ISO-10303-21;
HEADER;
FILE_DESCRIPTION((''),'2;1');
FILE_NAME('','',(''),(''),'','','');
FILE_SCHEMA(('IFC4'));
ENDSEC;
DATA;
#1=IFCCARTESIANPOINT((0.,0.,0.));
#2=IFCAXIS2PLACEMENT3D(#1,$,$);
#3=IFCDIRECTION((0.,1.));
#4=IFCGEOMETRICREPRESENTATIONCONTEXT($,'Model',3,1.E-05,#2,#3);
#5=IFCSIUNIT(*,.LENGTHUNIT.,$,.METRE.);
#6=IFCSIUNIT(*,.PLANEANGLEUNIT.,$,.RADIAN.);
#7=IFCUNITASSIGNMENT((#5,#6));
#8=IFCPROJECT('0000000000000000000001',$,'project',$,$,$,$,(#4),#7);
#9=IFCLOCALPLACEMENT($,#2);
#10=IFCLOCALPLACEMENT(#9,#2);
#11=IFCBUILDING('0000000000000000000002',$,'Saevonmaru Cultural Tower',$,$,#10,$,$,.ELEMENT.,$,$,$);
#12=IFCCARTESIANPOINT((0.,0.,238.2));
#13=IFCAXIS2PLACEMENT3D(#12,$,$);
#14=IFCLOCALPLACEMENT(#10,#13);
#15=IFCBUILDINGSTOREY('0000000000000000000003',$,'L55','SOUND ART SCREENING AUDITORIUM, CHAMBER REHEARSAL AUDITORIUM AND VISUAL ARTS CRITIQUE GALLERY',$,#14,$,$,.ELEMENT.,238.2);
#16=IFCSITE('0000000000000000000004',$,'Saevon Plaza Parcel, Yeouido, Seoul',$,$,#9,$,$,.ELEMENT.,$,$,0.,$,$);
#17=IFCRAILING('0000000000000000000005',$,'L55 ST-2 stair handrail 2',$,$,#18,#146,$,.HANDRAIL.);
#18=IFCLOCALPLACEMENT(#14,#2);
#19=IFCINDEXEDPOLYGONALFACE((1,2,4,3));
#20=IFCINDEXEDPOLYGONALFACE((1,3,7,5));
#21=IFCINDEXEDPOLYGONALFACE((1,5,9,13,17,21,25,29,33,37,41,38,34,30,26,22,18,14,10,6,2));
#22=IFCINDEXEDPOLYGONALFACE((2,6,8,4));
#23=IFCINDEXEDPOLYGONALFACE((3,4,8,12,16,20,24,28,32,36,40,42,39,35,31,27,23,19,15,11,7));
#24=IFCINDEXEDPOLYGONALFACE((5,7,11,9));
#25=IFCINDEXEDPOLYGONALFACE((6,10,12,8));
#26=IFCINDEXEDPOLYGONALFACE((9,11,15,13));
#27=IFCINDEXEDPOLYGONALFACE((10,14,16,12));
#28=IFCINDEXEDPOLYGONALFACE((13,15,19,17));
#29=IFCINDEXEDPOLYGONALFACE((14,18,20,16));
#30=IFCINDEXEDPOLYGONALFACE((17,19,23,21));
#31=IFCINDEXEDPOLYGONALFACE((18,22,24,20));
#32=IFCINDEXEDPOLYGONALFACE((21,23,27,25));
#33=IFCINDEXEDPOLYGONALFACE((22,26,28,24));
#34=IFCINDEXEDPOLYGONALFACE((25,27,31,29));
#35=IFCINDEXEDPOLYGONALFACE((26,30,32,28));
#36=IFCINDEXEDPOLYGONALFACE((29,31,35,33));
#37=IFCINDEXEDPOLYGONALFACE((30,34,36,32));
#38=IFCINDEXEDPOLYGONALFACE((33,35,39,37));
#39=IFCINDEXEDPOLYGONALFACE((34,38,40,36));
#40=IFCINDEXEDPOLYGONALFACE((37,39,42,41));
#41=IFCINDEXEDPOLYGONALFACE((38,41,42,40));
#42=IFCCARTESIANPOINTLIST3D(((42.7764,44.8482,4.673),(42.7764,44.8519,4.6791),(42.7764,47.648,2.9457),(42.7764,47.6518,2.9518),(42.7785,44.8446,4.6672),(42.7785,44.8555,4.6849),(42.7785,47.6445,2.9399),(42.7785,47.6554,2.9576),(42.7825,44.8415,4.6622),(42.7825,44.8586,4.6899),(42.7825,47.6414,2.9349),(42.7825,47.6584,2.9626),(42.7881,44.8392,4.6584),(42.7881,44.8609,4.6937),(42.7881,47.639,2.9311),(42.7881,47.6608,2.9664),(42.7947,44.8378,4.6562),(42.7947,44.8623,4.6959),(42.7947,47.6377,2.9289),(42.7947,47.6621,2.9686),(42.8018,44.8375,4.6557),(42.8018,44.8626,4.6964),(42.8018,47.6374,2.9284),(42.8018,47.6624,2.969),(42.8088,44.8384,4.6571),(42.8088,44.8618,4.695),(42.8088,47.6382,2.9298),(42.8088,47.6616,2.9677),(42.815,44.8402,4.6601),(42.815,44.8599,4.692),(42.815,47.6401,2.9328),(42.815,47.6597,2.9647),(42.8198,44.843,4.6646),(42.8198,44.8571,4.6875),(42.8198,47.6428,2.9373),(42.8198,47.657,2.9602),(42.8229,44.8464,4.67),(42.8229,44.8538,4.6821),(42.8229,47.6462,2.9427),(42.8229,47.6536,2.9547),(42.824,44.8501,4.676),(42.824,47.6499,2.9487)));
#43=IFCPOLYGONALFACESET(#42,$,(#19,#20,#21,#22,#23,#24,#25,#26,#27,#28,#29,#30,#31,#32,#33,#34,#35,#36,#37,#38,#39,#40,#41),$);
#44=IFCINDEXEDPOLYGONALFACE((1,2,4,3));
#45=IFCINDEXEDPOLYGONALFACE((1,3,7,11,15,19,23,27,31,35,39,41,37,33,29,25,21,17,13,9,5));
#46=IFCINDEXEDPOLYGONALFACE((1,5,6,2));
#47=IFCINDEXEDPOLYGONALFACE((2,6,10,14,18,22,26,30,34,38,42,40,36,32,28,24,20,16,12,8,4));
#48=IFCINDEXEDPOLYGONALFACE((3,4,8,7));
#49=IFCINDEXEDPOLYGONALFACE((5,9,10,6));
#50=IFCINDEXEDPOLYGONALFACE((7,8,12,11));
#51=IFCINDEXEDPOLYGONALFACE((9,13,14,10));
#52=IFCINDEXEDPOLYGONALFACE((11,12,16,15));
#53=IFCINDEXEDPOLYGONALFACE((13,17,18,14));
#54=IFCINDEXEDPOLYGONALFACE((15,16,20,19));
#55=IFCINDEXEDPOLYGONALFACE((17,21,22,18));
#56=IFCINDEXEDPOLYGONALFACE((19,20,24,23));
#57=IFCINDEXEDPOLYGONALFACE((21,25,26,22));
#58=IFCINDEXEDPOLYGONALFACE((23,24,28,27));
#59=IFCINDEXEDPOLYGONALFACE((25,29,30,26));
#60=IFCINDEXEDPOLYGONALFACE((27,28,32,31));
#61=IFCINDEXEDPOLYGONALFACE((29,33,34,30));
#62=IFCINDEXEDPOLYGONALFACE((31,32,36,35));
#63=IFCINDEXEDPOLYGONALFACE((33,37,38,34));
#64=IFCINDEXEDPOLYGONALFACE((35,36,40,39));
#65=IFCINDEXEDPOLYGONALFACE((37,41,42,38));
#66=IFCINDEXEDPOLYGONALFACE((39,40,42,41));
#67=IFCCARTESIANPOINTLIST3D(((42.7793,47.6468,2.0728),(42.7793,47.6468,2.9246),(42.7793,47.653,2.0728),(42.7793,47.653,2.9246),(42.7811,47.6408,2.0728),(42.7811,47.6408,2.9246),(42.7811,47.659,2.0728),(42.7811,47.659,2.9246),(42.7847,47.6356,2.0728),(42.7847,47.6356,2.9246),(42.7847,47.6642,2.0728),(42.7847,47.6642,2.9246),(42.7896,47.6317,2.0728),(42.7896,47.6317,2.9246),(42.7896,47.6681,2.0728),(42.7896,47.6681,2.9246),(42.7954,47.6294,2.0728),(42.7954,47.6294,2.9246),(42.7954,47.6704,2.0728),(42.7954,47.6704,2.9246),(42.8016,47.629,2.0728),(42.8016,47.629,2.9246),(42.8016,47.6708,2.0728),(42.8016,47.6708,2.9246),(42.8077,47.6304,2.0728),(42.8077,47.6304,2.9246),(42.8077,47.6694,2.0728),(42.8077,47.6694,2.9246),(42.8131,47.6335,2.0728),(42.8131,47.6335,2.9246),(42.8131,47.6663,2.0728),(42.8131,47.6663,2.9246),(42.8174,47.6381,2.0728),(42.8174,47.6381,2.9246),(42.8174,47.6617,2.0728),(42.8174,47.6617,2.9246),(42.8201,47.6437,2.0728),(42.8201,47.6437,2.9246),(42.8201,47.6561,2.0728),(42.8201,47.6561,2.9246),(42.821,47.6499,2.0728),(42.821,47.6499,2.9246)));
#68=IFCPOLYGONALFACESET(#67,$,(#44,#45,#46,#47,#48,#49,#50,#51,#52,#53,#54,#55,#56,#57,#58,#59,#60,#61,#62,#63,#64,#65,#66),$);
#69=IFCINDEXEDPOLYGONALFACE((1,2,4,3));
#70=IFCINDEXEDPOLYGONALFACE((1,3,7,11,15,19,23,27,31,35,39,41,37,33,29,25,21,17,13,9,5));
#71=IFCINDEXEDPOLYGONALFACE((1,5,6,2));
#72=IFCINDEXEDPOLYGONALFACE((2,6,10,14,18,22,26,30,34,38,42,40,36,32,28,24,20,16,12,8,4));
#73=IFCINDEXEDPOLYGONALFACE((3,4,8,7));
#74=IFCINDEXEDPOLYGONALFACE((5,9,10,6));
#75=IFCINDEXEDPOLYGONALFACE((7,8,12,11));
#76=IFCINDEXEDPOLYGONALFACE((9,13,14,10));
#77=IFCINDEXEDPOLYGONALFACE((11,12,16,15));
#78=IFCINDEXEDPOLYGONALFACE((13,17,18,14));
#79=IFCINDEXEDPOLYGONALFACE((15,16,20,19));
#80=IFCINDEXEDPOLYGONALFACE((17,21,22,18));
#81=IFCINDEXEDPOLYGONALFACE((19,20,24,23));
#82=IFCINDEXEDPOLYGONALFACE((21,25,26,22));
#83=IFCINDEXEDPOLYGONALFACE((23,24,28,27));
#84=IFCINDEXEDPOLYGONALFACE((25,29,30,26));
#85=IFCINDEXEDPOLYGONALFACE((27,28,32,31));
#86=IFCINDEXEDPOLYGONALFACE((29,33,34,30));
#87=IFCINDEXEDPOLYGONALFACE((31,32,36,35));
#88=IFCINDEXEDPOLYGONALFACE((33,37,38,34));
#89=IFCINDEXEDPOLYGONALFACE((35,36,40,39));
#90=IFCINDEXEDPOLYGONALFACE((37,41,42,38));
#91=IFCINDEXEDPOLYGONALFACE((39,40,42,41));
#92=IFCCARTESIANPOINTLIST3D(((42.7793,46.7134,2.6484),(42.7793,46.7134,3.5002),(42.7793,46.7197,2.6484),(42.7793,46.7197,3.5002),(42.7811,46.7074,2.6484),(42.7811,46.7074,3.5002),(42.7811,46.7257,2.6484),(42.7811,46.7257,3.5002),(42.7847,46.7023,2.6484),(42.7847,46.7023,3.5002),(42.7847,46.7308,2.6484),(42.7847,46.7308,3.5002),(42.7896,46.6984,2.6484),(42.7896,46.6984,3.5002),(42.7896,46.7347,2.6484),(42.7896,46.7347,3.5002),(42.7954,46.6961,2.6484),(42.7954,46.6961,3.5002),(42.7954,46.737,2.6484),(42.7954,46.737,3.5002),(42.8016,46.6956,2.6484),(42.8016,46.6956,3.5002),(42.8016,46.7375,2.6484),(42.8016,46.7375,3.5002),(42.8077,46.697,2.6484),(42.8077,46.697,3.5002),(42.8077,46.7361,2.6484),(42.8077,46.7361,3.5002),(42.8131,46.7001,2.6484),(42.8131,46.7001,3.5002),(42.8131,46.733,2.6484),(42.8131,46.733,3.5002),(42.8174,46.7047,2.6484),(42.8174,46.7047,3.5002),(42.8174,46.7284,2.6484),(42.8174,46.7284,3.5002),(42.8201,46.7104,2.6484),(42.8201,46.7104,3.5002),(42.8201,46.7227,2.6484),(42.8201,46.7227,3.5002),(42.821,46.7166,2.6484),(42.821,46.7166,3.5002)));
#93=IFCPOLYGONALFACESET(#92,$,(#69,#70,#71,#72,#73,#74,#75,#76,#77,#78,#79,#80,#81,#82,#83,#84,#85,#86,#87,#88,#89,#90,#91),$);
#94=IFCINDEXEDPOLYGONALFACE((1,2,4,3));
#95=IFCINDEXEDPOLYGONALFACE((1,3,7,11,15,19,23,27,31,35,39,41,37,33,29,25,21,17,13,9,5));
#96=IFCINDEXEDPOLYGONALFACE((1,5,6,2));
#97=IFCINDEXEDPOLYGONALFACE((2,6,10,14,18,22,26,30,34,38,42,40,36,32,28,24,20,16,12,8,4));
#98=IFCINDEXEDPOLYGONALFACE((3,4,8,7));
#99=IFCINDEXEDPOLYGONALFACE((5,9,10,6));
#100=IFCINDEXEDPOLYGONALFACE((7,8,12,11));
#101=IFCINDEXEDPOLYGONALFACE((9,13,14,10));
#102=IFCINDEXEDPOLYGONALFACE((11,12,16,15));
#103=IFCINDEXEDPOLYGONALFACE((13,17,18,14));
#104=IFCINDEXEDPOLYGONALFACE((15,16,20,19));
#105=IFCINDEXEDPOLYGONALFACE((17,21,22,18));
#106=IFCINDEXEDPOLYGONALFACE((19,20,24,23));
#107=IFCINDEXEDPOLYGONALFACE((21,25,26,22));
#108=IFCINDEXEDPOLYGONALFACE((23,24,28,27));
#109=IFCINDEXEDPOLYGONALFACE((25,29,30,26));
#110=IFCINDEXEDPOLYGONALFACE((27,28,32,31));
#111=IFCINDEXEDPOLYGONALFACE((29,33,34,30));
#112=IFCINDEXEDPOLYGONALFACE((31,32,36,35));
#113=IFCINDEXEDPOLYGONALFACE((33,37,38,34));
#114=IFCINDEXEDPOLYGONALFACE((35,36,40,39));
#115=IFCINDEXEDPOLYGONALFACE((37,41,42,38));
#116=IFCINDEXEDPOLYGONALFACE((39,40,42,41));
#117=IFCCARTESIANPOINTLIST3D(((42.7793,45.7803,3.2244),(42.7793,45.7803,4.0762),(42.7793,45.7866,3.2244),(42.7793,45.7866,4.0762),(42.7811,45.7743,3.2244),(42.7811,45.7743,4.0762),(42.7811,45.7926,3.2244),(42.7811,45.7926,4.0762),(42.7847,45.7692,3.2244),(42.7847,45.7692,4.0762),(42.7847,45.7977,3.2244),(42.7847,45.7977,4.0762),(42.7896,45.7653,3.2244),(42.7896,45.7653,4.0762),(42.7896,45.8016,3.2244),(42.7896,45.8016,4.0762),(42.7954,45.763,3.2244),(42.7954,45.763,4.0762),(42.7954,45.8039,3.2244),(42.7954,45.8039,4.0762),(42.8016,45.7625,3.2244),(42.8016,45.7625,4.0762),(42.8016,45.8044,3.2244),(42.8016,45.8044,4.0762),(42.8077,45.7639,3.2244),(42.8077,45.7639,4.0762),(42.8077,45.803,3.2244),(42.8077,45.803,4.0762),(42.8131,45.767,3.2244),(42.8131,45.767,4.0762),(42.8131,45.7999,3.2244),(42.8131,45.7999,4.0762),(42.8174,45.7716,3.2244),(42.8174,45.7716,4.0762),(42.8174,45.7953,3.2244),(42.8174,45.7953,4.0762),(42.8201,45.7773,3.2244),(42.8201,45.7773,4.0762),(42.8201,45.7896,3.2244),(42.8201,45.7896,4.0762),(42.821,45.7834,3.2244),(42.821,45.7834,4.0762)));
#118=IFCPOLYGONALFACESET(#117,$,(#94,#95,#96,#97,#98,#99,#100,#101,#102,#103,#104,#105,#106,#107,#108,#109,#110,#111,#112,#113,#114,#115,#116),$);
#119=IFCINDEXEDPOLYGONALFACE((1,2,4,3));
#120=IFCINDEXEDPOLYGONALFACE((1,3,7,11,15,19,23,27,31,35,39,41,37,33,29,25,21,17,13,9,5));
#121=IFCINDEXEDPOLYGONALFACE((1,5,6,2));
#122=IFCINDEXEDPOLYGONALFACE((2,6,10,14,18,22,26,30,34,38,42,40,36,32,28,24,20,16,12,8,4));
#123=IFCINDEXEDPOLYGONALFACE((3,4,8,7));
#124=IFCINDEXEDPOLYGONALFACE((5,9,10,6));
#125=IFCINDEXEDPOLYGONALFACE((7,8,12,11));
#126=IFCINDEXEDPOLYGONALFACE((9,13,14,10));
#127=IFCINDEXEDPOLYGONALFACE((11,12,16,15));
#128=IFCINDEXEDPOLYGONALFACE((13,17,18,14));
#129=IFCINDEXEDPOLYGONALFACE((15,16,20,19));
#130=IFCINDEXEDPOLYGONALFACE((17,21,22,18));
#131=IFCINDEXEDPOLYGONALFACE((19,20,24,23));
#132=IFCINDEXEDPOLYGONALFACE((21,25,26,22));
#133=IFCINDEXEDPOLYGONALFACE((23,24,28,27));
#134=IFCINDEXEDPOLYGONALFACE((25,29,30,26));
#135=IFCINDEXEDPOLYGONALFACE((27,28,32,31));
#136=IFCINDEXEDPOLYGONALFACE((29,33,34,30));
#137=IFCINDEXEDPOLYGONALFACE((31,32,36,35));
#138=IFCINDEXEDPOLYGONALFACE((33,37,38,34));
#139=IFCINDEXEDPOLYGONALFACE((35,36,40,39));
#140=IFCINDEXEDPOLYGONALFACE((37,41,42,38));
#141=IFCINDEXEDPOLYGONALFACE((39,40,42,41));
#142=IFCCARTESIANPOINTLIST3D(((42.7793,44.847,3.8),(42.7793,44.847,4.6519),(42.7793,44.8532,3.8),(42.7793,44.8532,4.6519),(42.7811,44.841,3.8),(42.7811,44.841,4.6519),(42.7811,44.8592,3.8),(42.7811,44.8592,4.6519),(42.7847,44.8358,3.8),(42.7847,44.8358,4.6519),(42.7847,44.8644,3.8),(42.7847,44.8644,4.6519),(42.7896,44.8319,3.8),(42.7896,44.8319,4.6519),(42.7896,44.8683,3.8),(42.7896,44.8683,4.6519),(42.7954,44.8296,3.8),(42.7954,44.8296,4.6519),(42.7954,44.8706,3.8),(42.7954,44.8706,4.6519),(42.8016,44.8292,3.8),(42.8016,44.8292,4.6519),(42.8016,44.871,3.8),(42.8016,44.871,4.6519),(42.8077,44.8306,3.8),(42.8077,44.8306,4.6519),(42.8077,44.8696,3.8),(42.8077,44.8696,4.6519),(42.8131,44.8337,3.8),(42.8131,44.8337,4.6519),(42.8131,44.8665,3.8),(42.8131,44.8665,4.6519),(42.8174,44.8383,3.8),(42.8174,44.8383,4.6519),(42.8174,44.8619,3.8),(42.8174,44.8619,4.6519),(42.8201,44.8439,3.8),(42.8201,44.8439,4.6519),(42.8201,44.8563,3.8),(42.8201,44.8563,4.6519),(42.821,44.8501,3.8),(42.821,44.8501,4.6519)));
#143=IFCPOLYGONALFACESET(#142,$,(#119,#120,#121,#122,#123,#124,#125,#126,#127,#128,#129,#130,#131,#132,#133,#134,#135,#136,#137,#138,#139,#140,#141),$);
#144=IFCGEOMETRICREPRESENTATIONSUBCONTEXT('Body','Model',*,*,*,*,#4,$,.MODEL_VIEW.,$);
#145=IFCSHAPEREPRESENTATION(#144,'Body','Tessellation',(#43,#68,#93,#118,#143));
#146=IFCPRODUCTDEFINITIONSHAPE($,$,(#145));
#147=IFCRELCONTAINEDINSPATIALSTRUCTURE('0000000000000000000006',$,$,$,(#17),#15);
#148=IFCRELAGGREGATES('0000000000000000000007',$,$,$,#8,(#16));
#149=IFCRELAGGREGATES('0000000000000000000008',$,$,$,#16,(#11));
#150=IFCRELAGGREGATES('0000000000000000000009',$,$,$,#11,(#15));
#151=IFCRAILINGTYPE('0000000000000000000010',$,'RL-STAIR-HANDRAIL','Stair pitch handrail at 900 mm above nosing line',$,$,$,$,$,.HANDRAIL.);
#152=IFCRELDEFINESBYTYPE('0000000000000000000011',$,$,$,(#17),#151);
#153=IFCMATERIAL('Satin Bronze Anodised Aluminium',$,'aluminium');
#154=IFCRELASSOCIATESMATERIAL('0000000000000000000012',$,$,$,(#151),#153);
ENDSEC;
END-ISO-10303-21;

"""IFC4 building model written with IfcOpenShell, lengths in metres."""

from ifc_helpers import new_model, si_unit, direction, frame, origin, origin_2d, place, context, subcontext, project, spatial, circle, extrude, material, type_object, element, save


model = new_model("IFC4")

# Units and contexts
model_context = context("Model", 3, precision=1e-05, world=origin(), true_north=direction((0.0, 1.0)))
body_context = subcontext(model_context, "Body", "Model", "MODEL_VIEW")
ifc_project = project(units=[si_unit("LENGTHUNIT", "METRE"), si_unit("PLANEANGLEUNIT", "RADIAN")], contexts=[model_context])

# Site, building, storey
site_placement = place(None, origin())
site = spatial("IfcSite", under=ifc_project, at=site_placement, Name="Saevon Plaza Parcel, Yeouido, Seoul", CompositionType="ELEMENT", RefElevation=0.0)
building_placement = place(site_placement, origin())
building = spatial("IfcBuilding", under=site, at=building_placement, Name="Saevonmaru Cultural Tower", CompositionType="ELEMENT")
storey_placement = place(building_placement, frame((0.0, 0.0, 238.2)))
storey = spatial("IfcBuildingStorey", under=building, at=storey_placement, Name="L55", Description="SOUND ART SCREENING AUDITORIUM, CHAMBER REHEARSAL AUDITORIUM AND VISUAL ARTS CRITIQUE GALLERY", CompositionType="ELEMENT", Elevation=238.2)

# Shared definitions
ifc_material_1 = material(Name="Satin Bronze Anodised Aluminium", Category="aluminium")

# Railing
railing_type_1 = type_object("IfcRailingType", Name="RL-STAIR-HANDRAIL", Description="Stair pitch handrail at 900 mm above nosing line", PredefinedType="HANDRAIL", material=ifc_material_1)
railing_1_placement = place(storey_placement, frame((42.8, 47.6499, 2.0728)))
element("IfcRailing", 1, at=railing_1_placement, inside=storey, type_object=railing_type_1, Name="L55 ST-2 stair handrail 2", PredefinedType="HANDRAIL", context=body_context, shape_type="SweptSolid", body=[
    extrude(circle(Radius=0.0239, at=origin_2d()), frame((0.0, 0.0, 0.876), z_axis=(0.0, -0.851069, 0.525054), x_axis=(1.0, 0.0, 0.0)), (0.0, 0.0, 1.0), 3.2898),
    extrude(circle(Radius=0.021, at=origin_2d()), origin(), (0.0, 0.0, 1.0), 0.8518),
    extrude(circle(Radius=0.021, at=origin_2d()), frame((0.0, -0.9333, 0.5757)), (0.0, 0.0, 1.0), 0.8518),
    extrude(circle(Radius=0.021, at=origin_2d()), frame((0.0, -1.8665, 1.1516)), (0.0, 0.0, 1.0), 0.8518),
    extrude(circle(Radius=0.021, at=origin_2d()), frame((0.0, -2.7998, 1.7273)), (0.0, 0.0, 1.0), 0.8518),
])

save(model, "model.ifc")
